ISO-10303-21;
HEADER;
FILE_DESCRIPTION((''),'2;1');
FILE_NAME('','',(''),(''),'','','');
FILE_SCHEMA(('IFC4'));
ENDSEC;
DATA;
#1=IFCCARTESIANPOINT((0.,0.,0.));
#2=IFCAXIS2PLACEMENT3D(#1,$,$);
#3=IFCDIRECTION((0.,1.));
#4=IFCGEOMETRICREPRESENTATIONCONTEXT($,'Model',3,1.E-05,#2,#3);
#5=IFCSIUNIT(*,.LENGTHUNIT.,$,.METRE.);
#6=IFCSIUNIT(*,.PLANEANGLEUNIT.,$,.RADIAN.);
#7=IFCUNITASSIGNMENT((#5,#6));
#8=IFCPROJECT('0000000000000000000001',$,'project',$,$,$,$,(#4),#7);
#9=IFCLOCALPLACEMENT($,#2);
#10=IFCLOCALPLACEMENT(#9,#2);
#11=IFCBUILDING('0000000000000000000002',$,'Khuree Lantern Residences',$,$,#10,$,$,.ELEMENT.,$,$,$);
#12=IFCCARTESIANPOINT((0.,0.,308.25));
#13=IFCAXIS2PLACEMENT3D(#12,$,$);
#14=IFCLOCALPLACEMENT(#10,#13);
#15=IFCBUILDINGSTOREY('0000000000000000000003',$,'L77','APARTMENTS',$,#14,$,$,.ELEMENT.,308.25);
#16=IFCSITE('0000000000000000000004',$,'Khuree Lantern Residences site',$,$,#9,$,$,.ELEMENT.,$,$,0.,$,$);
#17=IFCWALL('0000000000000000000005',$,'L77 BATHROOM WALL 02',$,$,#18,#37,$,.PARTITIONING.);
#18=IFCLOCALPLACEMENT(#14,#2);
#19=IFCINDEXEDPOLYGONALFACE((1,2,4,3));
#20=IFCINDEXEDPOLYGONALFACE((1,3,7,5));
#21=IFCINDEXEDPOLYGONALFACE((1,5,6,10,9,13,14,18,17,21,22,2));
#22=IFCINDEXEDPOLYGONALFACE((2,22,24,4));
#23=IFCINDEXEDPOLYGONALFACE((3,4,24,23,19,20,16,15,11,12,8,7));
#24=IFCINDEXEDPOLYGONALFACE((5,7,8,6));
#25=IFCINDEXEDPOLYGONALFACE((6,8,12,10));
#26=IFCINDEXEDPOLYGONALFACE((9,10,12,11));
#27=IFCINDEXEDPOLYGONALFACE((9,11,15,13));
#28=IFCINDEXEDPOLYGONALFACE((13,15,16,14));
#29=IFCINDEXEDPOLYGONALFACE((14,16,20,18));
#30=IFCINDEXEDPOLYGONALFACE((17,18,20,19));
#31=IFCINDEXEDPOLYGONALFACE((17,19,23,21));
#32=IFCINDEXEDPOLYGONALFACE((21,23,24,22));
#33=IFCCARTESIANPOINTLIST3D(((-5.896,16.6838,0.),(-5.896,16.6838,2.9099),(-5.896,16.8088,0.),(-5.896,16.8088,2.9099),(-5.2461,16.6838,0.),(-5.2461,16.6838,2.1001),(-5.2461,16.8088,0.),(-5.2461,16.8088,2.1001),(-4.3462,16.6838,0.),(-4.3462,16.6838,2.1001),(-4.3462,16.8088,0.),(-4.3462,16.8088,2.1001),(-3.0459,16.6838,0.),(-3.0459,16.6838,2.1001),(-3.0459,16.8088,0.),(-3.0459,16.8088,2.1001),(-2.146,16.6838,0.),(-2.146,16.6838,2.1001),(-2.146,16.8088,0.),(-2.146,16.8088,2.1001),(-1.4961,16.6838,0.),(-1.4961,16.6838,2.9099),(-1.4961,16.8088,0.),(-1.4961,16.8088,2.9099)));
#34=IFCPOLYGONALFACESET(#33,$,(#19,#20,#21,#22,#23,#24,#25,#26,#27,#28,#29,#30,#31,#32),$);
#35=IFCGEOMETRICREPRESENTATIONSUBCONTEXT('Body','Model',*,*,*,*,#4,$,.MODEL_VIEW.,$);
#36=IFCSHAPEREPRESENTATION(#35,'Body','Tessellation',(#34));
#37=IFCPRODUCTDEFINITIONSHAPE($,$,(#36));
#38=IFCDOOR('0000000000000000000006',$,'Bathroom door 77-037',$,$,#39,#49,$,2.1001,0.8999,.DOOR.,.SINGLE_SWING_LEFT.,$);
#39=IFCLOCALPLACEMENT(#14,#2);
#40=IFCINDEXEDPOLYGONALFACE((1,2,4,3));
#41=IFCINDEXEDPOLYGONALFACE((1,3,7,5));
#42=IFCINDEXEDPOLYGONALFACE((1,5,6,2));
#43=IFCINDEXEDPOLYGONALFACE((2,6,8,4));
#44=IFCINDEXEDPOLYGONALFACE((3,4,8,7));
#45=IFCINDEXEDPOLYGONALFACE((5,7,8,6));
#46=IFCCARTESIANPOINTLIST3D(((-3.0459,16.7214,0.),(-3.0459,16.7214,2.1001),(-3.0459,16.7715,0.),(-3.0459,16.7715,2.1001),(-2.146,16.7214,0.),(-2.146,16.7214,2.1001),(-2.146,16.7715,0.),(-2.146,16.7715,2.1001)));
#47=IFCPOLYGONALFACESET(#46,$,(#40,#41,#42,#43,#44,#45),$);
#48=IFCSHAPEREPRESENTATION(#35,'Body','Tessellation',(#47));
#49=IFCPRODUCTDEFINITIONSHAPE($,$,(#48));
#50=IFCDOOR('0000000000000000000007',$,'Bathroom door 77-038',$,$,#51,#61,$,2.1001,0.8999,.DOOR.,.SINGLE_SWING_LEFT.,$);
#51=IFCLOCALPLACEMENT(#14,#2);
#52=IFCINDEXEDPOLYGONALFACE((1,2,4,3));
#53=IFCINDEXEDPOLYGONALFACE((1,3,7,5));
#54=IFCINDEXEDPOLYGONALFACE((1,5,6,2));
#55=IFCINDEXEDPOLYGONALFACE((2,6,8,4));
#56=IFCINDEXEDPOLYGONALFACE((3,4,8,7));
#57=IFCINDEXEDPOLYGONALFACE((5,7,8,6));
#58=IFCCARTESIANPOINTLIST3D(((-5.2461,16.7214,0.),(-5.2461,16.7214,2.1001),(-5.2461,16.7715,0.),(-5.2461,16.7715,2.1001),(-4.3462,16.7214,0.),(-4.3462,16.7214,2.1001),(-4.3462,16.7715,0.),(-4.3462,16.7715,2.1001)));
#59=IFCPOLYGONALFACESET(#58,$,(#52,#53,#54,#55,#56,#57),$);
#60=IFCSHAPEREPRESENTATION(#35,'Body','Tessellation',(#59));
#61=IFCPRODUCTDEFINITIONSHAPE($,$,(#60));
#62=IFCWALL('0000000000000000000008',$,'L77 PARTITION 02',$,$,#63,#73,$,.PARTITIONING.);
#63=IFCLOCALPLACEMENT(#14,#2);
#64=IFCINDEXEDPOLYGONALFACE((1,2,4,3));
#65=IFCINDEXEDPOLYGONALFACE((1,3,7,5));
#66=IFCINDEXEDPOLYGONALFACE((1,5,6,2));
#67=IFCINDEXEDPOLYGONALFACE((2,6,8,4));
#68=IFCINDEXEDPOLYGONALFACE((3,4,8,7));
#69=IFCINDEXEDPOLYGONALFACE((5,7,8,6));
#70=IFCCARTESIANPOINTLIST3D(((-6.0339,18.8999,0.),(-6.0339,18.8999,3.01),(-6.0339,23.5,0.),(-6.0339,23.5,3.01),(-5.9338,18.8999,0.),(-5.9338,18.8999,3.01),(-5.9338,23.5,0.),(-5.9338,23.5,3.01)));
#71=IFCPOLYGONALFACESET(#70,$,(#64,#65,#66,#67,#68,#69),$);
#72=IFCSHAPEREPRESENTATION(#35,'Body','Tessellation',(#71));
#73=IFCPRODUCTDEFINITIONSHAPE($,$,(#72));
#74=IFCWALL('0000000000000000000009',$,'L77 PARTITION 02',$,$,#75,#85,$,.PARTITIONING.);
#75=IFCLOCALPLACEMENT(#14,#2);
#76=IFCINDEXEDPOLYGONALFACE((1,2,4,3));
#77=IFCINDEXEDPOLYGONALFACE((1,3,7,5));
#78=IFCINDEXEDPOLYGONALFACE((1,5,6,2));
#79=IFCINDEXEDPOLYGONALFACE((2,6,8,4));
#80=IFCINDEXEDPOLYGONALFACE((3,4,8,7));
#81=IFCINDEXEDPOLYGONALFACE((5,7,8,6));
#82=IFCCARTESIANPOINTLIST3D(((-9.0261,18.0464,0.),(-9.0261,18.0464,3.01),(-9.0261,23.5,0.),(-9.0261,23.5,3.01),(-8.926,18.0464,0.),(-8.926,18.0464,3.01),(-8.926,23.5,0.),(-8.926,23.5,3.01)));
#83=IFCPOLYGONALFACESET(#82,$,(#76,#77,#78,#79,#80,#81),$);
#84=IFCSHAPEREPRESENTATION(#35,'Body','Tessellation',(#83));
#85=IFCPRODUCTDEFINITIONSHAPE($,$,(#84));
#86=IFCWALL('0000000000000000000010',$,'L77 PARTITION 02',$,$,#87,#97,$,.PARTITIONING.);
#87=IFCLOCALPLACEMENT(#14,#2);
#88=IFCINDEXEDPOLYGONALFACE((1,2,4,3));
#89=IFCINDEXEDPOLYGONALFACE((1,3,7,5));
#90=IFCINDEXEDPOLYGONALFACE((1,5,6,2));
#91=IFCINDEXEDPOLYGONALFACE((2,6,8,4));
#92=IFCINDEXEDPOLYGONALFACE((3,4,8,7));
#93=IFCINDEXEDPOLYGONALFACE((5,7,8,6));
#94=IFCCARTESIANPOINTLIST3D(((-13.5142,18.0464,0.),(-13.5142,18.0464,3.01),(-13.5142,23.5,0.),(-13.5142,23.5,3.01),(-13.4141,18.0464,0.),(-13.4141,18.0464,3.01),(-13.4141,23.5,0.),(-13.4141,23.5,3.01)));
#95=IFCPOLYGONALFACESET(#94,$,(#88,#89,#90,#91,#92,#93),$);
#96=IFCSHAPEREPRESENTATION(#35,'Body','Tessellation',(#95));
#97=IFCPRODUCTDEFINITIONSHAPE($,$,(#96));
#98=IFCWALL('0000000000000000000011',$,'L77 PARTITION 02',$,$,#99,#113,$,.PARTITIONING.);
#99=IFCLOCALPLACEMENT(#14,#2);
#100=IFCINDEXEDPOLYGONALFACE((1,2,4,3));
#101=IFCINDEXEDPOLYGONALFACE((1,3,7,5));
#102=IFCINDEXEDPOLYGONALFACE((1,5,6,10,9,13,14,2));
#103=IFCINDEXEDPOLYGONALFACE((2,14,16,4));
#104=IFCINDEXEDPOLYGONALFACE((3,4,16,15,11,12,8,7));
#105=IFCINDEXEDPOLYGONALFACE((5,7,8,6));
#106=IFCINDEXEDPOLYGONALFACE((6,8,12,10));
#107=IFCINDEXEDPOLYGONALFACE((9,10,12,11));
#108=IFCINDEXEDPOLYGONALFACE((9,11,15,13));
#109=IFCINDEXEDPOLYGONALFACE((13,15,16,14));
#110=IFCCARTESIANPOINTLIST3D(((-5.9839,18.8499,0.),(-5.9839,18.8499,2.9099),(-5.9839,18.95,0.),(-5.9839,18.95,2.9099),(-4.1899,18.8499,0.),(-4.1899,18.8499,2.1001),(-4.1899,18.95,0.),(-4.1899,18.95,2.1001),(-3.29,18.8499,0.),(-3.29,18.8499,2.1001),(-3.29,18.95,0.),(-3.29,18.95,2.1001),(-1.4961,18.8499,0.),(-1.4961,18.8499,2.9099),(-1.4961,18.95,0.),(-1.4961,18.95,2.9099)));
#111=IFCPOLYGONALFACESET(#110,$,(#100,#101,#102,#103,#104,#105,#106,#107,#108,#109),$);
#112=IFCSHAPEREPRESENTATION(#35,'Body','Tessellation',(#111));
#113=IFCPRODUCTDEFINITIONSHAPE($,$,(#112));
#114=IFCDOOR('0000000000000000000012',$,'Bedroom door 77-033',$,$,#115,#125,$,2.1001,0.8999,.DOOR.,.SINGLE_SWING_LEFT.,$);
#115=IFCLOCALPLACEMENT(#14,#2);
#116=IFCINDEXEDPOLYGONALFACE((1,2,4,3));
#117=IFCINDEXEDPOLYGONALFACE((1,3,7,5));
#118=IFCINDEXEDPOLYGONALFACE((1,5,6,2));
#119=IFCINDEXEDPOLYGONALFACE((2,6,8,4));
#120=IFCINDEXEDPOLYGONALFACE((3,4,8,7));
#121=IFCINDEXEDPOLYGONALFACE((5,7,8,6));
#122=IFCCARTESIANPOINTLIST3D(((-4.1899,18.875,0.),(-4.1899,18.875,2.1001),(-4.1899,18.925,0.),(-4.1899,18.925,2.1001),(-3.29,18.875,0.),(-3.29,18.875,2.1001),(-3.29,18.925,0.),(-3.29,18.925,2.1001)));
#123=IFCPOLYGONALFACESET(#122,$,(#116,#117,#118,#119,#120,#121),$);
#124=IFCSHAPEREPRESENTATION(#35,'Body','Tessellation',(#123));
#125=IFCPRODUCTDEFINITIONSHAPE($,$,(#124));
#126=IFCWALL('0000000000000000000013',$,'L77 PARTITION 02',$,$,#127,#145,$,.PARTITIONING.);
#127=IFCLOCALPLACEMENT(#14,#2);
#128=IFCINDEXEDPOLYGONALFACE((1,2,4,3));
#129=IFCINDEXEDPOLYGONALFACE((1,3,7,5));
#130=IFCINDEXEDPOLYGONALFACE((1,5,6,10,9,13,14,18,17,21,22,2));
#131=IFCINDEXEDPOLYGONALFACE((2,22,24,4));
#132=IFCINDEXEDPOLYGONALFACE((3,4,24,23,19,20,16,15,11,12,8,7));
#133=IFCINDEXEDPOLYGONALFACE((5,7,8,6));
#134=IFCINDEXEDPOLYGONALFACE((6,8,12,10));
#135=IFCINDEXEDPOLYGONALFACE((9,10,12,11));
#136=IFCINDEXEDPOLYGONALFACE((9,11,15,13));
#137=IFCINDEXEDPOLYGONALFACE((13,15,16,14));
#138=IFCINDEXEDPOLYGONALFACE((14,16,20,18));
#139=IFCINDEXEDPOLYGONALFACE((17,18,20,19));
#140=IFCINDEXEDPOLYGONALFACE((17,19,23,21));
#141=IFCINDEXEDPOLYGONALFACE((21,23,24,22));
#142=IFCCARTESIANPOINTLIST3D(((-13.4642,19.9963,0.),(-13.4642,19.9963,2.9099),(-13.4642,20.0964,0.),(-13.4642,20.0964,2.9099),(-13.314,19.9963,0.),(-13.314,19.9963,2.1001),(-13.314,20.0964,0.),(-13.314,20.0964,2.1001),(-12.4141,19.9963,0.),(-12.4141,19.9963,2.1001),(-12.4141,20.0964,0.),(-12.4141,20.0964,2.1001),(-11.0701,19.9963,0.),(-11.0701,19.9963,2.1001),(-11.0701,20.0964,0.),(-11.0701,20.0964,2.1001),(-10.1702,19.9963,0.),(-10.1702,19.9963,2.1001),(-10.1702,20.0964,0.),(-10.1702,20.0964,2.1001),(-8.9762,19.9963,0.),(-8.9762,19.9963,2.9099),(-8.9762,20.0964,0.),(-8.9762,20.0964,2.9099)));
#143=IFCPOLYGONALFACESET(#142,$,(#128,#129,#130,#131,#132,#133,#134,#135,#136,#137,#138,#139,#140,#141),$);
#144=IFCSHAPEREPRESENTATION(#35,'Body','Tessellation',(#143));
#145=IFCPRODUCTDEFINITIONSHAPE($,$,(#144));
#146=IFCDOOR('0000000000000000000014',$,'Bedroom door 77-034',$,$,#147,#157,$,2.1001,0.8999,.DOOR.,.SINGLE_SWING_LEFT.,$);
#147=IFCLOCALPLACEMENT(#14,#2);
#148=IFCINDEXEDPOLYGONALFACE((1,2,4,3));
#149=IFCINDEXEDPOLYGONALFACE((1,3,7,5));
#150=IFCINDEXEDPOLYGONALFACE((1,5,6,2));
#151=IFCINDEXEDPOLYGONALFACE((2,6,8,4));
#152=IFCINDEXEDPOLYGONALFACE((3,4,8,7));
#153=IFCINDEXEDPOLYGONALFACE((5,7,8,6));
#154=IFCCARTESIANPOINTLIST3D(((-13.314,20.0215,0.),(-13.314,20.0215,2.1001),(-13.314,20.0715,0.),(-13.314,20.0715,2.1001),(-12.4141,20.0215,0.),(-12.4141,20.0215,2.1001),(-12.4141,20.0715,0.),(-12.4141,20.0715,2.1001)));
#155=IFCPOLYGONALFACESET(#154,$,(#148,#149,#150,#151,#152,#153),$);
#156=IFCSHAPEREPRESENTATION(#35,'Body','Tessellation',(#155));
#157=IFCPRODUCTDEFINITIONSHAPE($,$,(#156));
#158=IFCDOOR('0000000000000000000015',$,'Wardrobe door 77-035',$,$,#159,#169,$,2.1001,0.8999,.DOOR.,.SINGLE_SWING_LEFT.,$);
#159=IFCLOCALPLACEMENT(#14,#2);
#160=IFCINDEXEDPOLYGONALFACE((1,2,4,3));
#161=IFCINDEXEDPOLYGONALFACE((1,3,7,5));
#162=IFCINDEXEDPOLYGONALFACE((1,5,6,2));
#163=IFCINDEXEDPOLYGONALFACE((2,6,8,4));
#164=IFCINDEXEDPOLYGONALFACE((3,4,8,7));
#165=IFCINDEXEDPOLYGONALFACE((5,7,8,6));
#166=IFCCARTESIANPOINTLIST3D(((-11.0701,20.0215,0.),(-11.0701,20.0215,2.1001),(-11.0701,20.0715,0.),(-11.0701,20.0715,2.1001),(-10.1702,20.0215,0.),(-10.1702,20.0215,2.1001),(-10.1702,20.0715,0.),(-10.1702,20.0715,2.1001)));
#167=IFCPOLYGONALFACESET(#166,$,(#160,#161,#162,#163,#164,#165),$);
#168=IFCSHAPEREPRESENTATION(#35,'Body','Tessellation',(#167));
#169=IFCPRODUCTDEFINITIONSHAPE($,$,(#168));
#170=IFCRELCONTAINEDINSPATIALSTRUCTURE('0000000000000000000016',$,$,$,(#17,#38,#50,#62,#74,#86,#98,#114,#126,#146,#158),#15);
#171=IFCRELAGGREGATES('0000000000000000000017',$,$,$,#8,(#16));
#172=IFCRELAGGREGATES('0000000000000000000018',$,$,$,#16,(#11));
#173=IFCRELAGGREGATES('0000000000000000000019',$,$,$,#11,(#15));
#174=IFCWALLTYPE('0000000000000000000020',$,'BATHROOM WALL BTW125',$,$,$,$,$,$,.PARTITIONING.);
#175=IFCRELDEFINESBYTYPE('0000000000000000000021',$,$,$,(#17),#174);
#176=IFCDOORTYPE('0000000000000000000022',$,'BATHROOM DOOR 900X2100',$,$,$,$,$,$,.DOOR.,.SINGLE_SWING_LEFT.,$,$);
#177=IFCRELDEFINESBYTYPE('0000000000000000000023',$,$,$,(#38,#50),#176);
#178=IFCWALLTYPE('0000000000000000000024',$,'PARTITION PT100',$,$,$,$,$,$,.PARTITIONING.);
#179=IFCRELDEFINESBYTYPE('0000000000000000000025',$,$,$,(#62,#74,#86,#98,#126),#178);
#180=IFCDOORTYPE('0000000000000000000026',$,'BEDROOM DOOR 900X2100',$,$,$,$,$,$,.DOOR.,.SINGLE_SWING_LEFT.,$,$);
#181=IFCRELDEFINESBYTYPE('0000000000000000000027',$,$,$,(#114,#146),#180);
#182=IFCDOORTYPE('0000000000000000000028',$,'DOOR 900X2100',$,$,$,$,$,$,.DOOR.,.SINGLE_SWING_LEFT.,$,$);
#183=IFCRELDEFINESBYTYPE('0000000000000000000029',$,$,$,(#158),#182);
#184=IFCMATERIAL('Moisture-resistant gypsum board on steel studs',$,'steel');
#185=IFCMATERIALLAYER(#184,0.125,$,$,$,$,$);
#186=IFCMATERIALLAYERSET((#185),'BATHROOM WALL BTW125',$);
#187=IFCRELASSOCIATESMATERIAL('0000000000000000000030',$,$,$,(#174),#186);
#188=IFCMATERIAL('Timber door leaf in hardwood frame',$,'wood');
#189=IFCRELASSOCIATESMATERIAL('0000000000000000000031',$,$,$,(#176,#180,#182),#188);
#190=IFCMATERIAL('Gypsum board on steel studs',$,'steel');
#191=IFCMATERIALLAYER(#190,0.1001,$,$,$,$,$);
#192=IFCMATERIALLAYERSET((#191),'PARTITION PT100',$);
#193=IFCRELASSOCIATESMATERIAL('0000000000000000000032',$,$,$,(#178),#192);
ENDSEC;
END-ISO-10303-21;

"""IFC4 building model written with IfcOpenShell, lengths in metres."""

from ifc_helpers import new_model, si_unit, direction, frame, frame_2d, origin, place, context, subcontext, project, spatial, rectangle, extrude, material, layer, layer_set, type_object, element, fill, save


model = new_model("IFC4")

# Units and contexts
model_context = context("Model", 3, precision=1e-05, world=origin(), true_north=direction((0.0, 1.0)))
body_context = subcontext(model_context, "Body", "Model", "MODEL_VIEW")
ifc_project = project(units=[si_unit("LENGTHUNIT", "METRE"), si_unit("PLANEANGLEUNIT", "RADIAN")], contexts=[model_context])

# Site, building, storey
site_placement = place(None, origin())
site = spatial("IfcSite", under=ifc_project, at=site_placement, Name="Khuree Lantern Residences site", CompositionType="ELEMENT", RefElevation=0.0)
building_placement = place(site_placement, origin())
building = spatial("IfcBuilding", under=site, at=building_placement, Name="Khuree Lantern Residences", CompositionType="ELEMENT")
storey_placement = place(building_placement, frame((0.0, 0.0, 308.25)))
storey = spatial("IfcBuildingStorey", under=building, at=storey_placement, Name="L77", Description="APARTMENTS", CompositionType="ELEMENT", Elevation=308.25)

# Wall, openings, doors
ifc_material_1 = material(Name="Moisture-resistant gypsum board on steel studs", Category="steel")
ifc_layer_1 = layer(ifc_material_1, 0.125)
ifc_layer_set_1 = layer_set([ifc_layer_1], Name="BATHROOM WALL BTW125")
wall_type_1 = type_object("IfcWallType", Name="BATHROOM WALL BTW125", PredefinedType="PARTITIONING", material=ifc_layer_set_1)
wall_1_placement = place(storey_placement, frame((-1.4961, 16.7463, 0.0), z_axis=(0.0, 0.0, 1.0), x_axis=(-1.0, 0.0, 0.0)))
wall_1 = element("IfcWall", 1, at=wall_1_placement, inside=storey, type_object=wall_type_1, Name="L77 BATHROOM WALL 02", PredefinedType="PARTITIONING", context=body_context, shape_type="SweptSolid", body=[
    extrude(rectangle(XDim=4.3999, YDim=0.125, at=frame_2d((2.2, 0.0))), origin(), (0.0, 0.0, 1.0), 2.9099),
])
opening_1_placement = place(wall_1_placement, frame((0.6499, 0.0, 0.0)))
opening_1 = element("IfcOpeningElement", 2, at=opening_1_placement, cuts=wall_1, PredefinedType="OPENING", context=body_context, shape_type="SweptSolid", body=[
    extrude(rectangle(XDim=0.8999, YDim=2.1001, at=frame_2d((0.45, 1.05))), frame((0.0, 0.0725, 0.0), z_axis=(0.0, -1.0, 0.0), x_axis=(1.0, 0.0, 0.0)), (0.0, 0.0, 1.0), 0.145),
])
opening_2_placement = place(wall_1_placement, frame((2.8501, 0.0, 0.0)))
opening_2 = element("IfcOpeningElement", 3, at=opening_2_placement, cuts=wall_1, PredefinedType="OPENING", context=body_context, shape_type="SweptSolid", body=[
    extrude(rectangle(XDim=0.8999, YDim=2.1001, at=frame_2d((0.45, 1.05))), frame((0.0, 0.0725, 0.0), z_axis=(0.0, -1.0, 0.0), x_axis=(1.0, 0.0, 0.0)), (0.0, 0.0, 1.0), 0.145),
])
ifc_material_2 = material(Name="Timber door leaf in hardwood frame", Category="wood")
door_type_1 = type_object("IfcDoorType", Name="BATHROOM DOOR 900X2100", OperationType="SINGLE_SWING_LEFT", PredefinedType="DOOR", material=ifc_material_2)
door_1_placement = place(opening_1_placement, origin())
door_1 = element("IfcDoor", 4, at=door_1_placement, inside=storey, type_object=door_type_1, Name="Bathroom door 77-037", OperationType="SINGLE_SWING_LEFT", OverallHeight=2.1001, OverallWidth=0.8999, PredefinedType="DOOR", context=body_context, shape_type="SweptSolid", body=[
    extrude(rectangle(XDim=0.8999, YDim=2.1001, at=frame_2d((0.45, 1.05))), frame((0.0, 0.0249, 0.0), z_axis=(0.0, -1.0, 0.0), x_axis=(1.0, 0.0, 0.0)), (0.0, 0.0, 1.0), 0.05),
])
fill(opening_1, door_1)
door_2_placement = place(opening_2_placement, origin())
door_2 = element("IfcDoor", 5, at=door_2_placement, inside=storey, type_object=door_type_1, Name="Bathroom door 77-038", OperationType="SINGLE_SWING_LEFT", OverallHeight=2.1001, OverallWidth=0.8999, PredefinedType="DOOR", context=body_context, shape_type="SweptSolid", body=[
    extrude(rectangle(XDim=0.8999, YDim=2.1001, at=frame_2d((0.45, 1.05))), frame((0.0, 0.0249, 0.0), z_axis=(0.0, -1.0, 0.0), x_axis=(1.0, 0.0, 0.0)), (0.0, 0.0, 1.0), 0.05),
])
fill(opening_2, door_2)

# Walls
ifc_material_3 = material(Name="Gypsum board on steel studs", Category="steel")
ifc_layer_2 = layer(ifc_material_3, 0.1001)
ifc_layer_set_2 = layer_set([ifc_layer_2], Name="PARTITION PT100")
wall_type_2 = type_object("IfcWallType", Name="PARTITION PT100", PredefinedType="PARTITIONING", material=ifc_layer_set_2)
wall_2_placement = place(storey_placement, frame((-5.9839, 18.8999, 0.0), z_axis=(0.0, 0.0, 1.0), x_axis=(0.0, 1.0, 0.0)))
element("IfcWall", 6, at=wall_2_placement, inside=storey, type_object=wall_type_2, Name="L77 PARTITION 02", PredefinedType="PARTITIONING", context=body_context, shape_type="SweptSolid", body=[
    extrude(rectangle(XDim=4.6001, YDim=0.1001, at=frame_2d((2.3, 0.0))), origin(), (0.0, 0.0, 1.0), 3.01),
])
for number, where, z_axis, x_axis, name in (
    (7, (-8.9761, 18.0464, 0.0), (0.0, 0.0, 1.0), (0.0, 1.0, 0.0), "L77 PARTITION 02"),
    (8, (-13.4641, 18.0464, 0.0), (0.0, 0.0, 1.0), (0.0, 1.0, 0.0), "L77 PARTITION 02"),
):
    element("IfcWall", number, at=place(storey_placement, frame(where, z_axis=z_axis, x_axis=x_axis)), inside=storey, type_object=wall_type_2, Name=name, PredefinedType="PARTITIONING", context=body_context, shape_type="SweptSolid", body=[
        extrude(rectangle(XDim=5.4536, YDim=0.1001, at=frame_2d((2.7268, 0.0))), origin(), (0.0, 0.0, 1.0), 3.01),
    ])

# Wall, opening, door
wall_3_placement = place(storey_placement, frame((-1.4961, 18.8999, 0.0), z_axis=(0.0, 0.0, 1.0), x_axis=(-1.0, 0.0, 0.0)))
wall_3 = element("IfcWall", 9, at=wall_3_placement, inside=storey, type_object=wall_type_2, Name="L77 PARTITION 02", PredefinedType="PARTITIONING", context=body_context, shape_type="SweptSolid", body=[
    extrude(rectangle(XDim=4.4878, YDim=0.1001, at=frame_2d((2.2439, 0.0))), origin(), (0.0, 0.0, 1.0), 2.9099),
])
opening_3_placement = place(wall_3_placement, frame((1.7939, 0.0, 0.0)))
opening_3 = element("IfcOpeningElement", 10, at=opening_3_placement, cuts=wall_3, PredefinedType="OPENING", context=body_context, shape_type="SweptSolid", body=[
    extrude(rectangle(XDim=0.8999, YDim=2.1001, at=frame_2d((0.45, 1.05))), frame((0.0, 0.0601, 0.0), z_axis=(0.0, -1.0, 0.0), x_axis=(1.0, 0.0, 0.0)), (0.0, 0.0, 1.0), 0.1201),
])
door_type_2 = type_object("IfcDoorType", Name="BEDROOM DOOR 900X2100", OperationType="SINGLE_SWING_LEFT", PredefinedType="DOOR", material=ifc_material_2)
door_3_placement = place(opening_3_placement, origin())
door_3 = element("IfcDoor", 11, at=door_3_placement, inside=storey, type_object=door_type_2, Name="Bedroom door 77-033", OperationType="SINGLE_SWING_LEFT", OverallHeight=2.1001, OverallWidth=0.8999, PredefinedType="DOOR", context=body_context, shape_type="SweptSolid", body=[
    extrude(rectangle(XDim=0.8999, YDim=2.1001, at=frame_2d((0.45, 1.05))), frame((0.0, 0.0249, 0.0), z_axis=(0.0, -1.0, 0.0), x_axis=(1.0, 0.0, 0.0)), (0.0, 0.0, 1.0), 0.05),
])
fill(opening_3, door_3)

# Wall, openings, doors
wall_4_placement = place(storey_placement, frame((-8.9761, 20.0464, 0.0), z_axis=(0.0, 0.0, 1.0), x_axis=(-1.0, 0.0, 0.0)))
wall_4 = element("IfcWall", 12, at=wall_4_placement, inside=storey, type_object=wall_type_2, Name="L77 PARTITION 02", PredefinedType="PARTITIONING", context=body_context, shape_type="SweptSolid", body=[
    extrude(rectangle(XDim=4.488, YDim=0.1001, at=frame_2d((2.2441, 0.0))), origin(), (0.0, 0.0, 1.0), 2.9099),
])
opening_4_placement = place(wall_4_placement, frame((3.438, 0.0, 0.0)))
opening_4 = element("IfcOpeningElement", 13, at=opening_4_placement, cuts=wall_4, PredefinedType="OPENING", context=body_context, shape_type="SweptSolid", body=[
    extrude(rectangle(XDim=0.8999, YDim=2.1001, at=frame_2d((0.45, 1.05))), frame((0.0, 0.0601, 0.0), z_axis=(0.0, -1.0, 0.0), x_axis=(1.0, 0.0, 0.0)), (0.0, 0.0, 1.0), 0.1201),
])
opening_5_placement = place(wall_4_placement, frame((1.1941, 0.0, 0.0)))
opening_5 = element("IfcOpeningElement", 14, at=opening_5_placement, cuts=wall_4, PredefinedType="OPENING", context=body_context, shape_type="SweptSolid", body=[
    extrude(rectangle(XDim=0.8999, YDim=2.1001, at=frame_2d((0.45, 1.05))), frame((0.0, 0.0601, 0.0), z_axis=(0.0, -1.0, 0.0), x_axis=(1.0, 0.0, 0.0)), (0.0, 0.0, 1.0), 0.1201),
])
door_4_placement = place(opening_4_placement, origin())
door_4 = element("IfcDoor", 15, at=door_4_placement, inside=storey, type_object=door_type_2, Name="Bedroom door 77-034", OperationType="SINGLE_SWING_LEFT", OverallHeight=2.1001, OverallWidth=0.8999, PredefinedType="DOOR", context=body_context, shape_type="SweptSolid", body=[
    extrude(rectangle(XDim=0.8999, YDim=2.1001, at=frame_2d((0.45, 1.05))), frame((0.0, 0.0249, 0.0), z_axis=(0.0, -1.0, 0.0), x_axis=(1.0, 0.0, 0.0)), (0.0, 0.0, 1.0), 0.05),
])
fill(opening_4, door_4)
door_type_3 = type_object("IfcDoorType", Name="DOOR 900X2100", OperationType="SINGLE_SWING_LEFT", PredefinedType="DOOR", material=ifc_material_2)
door_5_placement = place(opening_5_placement, origin())
door_5 = element("IfcDoor", 16, at=door_5_placement, inside=storey, type_object=door_type_3, Name="Wardrobe door 77-035", OperationType="SINGLE_SWING_LEFT", OverallHeight=2.1001, OverallWidth=0.8999, PredefinedType="DOOR", context=body_context, shape_type="SweptSolid", body=[
    extrude(rectangle(XDim=0.8999, YDim=2.1001, at=frame_2d((0.45, 1.05))), frame((0.0, 0.0249, 0.0), z_axis=(0.0, -1.0, 0.0), x_axis=(1.0, 0.0, 0.0)), (0.0, 0.0, 1.0), 0.05),
])
fill(opening_5, door_5)

save(model, "model.ifc")
